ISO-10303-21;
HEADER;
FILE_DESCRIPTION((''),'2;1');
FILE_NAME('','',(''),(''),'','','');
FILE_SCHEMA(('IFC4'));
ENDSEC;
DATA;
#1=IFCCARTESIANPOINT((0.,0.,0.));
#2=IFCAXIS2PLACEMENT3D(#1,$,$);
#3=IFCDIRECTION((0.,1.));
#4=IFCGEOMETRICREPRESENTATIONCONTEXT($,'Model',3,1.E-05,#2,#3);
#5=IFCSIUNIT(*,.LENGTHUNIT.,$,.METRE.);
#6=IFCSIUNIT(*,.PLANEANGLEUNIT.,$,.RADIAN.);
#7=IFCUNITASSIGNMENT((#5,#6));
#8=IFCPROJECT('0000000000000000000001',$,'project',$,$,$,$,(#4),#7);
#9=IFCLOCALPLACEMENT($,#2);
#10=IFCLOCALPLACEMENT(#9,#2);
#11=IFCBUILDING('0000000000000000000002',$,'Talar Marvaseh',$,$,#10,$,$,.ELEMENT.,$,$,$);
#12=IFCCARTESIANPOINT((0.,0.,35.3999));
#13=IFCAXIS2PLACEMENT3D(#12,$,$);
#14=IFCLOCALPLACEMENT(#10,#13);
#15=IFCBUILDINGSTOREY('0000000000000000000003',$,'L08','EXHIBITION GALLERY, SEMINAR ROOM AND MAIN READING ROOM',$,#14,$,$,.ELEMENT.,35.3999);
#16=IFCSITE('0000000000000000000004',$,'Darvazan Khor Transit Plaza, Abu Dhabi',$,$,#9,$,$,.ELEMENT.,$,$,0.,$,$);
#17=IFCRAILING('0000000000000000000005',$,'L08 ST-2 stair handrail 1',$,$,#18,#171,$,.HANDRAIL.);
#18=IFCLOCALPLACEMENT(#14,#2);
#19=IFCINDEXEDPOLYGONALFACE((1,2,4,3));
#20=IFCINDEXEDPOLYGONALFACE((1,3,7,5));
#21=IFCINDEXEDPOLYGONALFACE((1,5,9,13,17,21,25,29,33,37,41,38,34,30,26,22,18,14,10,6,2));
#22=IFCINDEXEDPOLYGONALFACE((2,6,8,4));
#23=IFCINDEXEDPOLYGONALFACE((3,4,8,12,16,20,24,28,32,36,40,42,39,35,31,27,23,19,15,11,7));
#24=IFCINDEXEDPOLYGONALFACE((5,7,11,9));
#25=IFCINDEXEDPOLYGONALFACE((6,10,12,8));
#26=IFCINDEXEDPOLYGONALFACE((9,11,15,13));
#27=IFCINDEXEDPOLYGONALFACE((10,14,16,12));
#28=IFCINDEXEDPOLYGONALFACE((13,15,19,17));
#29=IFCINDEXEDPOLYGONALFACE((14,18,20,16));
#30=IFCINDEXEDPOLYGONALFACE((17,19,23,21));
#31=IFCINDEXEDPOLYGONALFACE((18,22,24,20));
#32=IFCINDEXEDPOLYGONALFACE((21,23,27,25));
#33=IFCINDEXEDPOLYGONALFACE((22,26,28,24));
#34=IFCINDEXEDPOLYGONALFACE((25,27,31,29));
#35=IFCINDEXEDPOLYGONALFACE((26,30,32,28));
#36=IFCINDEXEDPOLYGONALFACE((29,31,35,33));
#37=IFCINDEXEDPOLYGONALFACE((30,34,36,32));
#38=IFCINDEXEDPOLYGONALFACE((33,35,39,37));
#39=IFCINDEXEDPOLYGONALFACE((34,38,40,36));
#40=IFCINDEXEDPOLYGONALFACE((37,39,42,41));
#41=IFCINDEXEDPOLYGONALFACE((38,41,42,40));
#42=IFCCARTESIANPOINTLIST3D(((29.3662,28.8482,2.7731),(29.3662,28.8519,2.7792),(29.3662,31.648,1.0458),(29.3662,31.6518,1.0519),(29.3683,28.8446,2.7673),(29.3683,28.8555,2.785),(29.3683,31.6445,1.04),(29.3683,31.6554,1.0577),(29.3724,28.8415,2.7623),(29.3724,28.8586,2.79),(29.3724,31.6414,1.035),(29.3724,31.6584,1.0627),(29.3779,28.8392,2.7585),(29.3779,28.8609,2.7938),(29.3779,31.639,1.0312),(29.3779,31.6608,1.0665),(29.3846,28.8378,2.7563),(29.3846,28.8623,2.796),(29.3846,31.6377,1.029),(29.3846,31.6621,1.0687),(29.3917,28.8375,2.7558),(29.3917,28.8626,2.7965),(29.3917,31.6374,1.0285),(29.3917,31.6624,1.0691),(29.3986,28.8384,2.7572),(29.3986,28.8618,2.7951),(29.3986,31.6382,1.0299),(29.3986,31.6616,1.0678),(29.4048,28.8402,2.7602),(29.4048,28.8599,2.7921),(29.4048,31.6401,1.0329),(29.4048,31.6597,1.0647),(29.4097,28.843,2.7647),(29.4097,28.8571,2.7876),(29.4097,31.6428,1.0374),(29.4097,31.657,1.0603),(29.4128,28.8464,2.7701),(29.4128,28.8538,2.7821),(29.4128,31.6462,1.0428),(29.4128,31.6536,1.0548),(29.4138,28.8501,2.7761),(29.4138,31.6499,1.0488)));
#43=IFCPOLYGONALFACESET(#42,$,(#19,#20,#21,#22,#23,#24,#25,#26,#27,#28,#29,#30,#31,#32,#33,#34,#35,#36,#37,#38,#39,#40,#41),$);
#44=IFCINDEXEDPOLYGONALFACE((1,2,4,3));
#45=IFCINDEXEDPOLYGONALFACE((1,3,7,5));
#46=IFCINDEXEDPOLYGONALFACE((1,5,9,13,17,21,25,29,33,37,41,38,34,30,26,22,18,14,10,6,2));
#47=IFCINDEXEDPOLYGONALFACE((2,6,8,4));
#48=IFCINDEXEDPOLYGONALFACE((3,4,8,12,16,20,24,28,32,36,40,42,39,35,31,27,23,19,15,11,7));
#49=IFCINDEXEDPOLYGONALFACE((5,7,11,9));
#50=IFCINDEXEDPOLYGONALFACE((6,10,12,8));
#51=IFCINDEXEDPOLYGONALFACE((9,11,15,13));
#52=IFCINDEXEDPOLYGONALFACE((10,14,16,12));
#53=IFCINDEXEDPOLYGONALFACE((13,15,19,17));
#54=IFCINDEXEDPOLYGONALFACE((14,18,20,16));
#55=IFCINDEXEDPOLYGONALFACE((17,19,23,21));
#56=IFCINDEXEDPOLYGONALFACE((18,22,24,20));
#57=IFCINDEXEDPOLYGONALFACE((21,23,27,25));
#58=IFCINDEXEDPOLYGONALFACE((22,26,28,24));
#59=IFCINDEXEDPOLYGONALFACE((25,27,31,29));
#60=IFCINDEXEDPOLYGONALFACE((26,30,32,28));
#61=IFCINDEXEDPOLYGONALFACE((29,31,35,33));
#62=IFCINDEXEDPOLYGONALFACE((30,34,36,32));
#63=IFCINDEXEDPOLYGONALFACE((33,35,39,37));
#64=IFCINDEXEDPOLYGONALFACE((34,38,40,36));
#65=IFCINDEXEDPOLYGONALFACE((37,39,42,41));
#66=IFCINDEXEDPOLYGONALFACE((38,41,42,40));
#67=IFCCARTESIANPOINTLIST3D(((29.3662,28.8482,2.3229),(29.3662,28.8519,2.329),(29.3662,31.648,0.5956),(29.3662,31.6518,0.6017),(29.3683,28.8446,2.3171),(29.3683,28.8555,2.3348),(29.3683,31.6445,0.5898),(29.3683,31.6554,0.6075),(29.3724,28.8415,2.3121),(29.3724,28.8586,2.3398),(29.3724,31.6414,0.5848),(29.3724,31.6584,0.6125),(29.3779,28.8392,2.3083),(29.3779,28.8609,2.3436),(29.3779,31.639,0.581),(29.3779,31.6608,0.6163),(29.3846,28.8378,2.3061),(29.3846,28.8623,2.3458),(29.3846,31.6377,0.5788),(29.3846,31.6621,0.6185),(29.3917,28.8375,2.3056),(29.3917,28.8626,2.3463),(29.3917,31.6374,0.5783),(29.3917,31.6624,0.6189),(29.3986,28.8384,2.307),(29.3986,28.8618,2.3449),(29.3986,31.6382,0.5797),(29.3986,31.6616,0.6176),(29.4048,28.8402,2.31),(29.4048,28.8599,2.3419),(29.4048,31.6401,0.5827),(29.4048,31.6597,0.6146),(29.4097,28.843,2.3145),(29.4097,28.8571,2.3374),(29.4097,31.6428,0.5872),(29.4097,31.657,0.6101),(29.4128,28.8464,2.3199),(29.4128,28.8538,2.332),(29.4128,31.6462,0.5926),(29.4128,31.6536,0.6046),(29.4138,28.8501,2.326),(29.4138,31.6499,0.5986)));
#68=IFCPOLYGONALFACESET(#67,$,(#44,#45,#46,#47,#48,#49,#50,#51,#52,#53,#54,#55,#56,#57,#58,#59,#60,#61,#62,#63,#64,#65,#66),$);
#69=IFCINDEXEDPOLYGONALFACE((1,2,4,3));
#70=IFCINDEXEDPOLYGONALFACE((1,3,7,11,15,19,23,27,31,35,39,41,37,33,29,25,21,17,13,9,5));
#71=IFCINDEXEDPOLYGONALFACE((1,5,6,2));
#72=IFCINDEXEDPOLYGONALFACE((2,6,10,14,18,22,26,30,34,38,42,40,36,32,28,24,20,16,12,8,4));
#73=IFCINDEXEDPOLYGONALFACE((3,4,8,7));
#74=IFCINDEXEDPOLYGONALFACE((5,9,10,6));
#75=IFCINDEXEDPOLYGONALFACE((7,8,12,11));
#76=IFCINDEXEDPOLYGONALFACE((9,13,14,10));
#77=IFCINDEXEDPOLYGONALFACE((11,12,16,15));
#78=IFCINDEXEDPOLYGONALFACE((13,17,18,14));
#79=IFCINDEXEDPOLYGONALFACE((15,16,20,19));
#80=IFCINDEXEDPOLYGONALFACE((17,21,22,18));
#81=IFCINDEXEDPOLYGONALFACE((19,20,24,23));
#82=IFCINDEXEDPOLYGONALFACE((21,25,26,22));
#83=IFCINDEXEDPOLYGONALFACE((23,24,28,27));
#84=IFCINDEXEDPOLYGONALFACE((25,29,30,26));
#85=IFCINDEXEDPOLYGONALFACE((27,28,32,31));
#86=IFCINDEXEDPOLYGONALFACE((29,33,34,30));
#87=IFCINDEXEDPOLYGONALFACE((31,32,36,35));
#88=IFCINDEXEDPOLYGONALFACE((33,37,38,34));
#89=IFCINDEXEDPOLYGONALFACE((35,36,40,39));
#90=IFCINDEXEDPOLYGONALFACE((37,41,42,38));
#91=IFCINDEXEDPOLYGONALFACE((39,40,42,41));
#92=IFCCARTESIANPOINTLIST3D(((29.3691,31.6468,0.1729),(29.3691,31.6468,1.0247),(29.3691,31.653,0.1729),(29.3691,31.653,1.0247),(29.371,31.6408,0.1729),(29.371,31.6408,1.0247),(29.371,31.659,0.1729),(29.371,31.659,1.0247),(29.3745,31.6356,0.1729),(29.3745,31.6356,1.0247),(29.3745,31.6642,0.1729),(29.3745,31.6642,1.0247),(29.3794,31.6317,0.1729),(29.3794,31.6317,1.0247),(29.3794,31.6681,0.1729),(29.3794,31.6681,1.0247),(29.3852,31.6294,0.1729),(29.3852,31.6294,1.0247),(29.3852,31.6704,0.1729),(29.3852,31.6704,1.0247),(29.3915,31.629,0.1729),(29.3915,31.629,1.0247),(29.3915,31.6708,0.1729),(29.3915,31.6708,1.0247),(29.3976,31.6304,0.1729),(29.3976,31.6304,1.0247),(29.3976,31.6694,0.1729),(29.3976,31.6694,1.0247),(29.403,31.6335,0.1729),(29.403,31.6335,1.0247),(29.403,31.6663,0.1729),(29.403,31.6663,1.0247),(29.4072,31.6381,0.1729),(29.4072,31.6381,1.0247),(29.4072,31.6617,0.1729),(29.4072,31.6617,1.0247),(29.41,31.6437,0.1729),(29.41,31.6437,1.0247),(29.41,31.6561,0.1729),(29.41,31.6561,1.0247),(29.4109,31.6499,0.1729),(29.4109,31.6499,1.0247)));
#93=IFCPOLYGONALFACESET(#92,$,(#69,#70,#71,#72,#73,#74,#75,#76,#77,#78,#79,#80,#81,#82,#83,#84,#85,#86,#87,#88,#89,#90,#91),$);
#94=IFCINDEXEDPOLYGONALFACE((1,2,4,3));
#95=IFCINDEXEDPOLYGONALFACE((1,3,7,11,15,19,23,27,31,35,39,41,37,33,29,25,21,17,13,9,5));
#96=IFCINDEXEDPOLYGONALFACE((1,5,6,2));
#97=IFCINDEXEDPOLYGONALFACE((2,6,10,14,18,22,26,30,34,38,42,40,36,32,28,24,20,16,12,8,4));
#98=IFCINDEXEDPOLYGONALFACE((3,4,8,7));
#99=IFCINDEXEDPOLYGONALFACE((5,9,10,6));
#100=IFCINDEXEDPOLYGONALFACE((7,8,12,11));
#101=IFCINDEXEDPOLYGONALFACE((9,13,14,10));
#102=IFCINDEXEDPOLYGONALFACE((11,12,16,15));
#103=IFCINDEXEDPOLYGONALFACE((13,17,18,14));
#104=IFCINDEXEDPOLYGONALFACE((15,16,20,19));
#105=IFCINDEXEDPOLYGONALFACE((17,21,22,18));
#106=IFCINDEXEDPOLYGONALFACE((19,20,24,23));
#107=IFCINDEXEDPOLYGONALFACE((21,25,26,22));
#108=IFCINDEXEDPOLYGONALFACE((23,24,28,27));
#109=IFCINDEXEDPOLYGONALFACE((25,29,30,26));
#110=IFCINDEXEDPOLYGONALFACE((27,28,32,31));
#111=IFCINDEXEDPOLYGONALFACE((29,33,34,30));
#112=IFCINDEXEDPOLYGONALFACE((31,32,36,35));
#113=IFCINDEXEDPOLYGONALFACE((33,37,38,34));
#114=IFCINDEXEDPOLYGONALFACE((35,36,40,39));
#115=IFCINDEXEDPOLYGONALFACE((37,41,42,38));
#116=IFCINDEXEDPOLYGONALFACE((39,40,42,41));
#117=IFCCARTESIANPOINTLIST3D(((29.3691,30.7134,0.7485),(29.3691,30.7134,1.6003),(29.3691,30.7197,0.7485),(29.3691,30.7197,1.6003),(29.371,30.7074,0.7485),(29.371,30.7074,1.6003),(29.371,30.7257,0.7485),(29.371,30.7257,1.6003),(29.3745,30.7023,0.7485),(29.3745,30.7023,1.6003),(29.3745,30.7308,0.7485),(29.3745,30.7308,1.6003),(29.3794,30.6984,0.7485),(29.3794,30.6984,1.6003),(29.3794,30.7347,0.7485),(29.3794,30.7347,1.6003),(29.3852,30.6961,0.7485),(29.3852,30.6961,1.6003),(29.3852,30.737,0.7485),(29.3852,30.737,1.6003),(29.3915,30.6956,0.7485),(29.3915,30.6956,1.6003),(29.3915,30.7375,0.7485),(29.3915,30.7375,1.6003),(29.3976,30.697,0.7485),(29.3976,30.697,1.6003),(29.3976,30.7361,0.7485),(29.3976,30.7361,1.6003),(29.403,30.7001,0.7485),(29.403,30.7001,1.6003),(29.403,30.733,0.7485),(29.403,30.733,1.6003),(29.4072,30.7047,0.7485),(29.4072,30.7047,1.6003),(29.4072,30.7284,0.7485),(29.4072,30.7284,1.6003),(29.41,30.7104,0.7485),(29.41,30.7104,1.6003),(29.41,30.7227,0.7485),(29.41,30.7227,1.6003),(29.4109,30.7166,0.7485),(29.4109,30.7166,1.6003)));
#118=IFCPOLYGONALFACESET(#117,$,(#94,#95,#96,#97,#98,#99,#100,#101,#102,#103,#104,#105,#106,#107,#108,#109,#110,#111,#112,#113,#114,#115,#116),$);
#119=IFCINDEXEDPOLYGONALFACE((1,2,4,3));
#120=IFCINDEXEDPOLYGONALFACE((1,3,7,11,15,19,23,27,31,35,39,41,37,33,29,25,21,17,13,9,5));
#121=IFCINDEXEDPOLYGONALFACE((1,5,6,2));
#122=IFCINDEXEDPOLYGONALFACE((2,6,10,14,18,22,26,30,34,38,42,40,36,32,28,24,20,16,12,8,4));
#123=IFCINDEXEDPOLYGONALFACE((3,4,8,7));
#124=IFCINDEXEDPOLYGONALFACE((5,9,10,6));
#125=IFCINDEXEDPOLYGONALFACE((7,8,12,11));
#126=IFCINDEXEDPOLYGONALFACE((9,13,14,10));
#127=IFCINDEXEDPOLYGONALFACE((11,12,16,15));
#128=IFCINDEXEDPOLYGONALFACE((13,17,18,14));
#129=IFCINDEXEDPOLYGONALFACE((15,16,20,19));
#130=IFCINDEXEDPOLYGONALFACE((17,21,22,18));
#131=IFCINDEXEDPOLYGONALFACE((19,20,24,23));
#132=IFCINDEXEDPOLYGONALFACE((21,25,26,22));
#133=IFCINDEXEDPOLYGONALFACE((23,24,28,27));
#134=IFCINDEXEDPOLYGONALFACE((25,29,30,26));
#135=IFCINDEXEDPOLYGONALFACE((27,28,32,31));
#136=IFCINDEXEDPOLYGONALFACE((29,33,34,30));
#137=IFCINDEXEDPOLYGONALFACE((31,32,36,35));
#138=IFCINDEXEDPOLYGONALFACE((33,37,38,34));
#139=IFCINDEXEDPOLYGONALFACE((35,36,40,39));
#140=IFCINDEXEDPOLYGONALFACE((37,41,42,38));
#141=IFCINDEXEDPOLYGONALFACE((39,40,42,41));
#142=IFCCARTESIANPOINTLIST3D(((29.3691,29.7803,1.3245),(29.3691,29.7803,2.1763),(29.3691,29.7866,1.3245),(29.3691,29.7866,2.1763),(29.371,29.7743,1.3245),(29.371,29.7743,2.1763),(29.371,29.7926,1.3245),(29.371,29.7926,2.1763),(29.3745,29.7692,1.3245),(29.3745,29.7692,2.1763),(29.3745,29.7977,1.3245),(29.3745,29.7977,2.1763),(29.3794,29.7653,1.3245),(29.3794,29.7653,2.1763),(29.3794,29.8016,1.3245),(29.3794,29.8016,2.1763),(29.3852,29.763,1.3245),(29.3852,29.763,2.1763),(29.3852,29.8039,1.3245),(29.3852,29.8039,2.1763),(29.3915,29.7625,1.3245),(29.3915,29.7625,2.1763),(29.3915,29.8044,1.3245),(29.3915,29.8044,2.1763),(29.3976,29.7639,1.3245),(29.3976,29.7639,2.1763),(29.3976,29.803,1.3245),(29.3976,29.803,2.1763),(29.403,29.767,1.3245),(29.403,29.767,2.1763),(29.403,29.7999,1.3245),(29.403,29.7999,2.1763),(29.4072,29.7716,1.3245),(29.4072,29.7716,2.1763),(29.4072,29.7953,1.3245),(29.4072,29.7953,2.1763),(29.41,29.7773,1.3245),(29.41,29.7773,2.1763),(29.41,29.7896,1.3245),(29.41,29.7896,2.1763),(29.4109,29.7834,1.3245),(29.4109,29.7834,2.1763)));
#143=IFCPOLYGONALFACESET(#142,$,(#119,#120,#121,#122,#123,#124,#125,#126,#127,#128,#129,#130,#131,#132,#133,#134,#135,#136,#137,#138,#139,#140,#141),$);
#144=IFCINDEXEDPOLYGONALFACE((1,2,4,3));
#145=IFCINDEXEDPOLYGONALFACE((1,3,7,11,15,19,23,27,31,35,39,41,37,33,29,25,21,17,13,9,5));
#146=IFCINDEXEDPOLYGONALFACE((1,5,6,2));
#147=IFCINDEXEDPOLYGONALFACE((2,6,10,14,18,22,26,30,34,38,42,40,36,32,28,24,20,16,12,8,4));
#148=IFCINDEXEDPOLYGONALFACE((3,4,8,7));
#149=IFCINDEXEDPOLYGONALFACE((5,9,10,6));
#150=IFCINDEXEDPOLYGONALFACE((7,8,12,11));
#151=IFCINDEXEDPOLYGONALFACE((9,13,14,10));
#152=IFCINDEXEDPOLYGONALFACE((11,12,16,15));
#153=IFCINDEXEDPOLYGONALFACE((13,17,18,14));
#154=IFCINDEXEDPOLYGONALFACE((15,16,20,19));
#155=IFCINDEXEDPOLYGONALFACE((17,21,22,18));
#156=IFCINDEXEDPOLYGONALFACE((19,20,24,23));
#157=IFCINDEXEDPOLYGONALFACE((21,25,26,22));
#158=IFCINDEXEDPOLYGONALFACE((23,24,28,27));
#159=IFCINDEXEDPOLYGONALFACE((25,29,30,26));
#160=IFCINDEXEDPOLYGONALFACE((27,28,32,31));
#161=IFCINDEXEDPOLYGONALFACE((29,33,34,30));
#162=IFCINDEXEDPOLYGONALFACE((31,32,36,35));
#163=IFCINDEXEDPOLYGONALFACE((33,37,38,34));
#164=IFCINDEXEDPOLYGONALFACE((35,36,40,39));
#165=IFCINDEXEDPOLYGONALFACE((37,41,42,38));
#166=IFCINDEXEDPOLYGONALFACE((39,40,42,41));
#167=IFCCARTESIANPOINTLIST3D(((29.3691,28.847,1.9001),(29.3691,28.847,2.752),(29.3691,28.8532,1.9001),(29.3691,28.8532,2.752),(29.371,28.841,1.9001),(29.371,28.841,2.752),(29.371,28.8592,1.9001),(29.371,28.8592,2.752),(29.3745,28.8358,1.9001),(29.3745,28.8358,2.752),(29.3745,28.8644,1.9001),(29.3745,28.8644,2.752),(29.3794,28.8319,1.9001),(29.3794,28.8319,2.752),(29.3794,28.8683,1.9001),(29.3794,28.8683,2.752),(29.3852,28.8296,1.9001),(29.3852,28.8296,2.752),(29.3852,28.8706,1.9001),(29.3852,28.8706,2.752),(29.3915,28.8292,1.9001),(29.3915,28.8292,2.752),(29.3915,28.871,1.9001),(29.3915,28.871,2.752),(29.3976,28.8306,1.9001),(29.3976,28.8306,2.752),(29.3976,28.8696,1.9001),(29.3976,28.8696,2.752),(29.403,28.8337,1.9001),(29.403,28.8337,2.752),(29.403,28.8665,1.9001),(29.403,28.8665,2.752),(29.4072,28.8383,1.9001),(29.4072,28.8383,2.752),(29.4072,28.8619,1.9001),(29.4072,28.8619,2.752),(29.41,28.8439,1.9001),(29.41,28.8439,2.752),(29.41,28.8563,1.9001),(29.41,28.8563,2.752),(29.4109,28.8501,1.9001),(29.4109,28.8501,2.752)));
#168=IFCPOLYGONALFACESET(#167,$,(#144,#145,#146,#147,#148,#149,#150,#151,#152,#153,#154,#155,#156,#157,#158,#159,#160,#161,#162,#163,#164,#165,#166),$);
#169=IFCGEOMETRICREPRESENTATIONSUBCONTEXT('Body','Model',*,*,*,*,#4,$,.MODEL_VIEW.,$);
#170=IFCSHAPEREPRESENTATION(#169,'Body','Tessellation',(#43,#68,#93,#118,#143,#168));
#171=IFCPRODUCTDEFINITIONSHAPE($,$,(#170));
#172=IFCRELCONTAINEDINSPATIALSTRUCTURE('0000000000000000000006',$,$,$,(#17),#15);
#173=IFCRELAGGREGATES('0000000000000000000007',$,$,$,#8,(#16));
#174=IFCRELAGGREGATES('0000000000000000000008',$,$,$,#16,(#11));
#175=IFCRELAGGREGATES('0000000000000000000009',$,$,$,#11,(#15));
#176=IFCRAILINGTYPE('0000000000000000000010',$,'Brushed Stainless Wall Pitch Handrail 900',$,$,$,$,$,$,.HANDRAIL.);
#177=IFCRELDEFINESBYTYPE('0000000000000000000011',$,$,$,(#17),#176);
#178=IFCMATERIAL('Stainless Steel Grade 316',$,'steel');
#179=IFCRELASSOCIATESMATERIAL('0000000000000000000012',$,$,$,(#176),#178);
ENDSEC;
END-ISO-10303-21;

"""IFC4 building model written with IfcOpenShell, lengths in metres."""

from ifc_helpers import new_model, si_unit, direction, frame, origin, origin_2d, place, context, subcontext, project, spatial, circle, extrude, material, type_object, element, save


model = new_model("IFC4")

# Units and contexts
model_context = context("Model", 3, precision=1e-05, world=origin(), true_north=direction((0.0, 1.0)))
body_context = subcontext(model_context, "Body", "Model", "MODEL_VIEW")
ifc_project = project(units=[si_unit("LENGTHUNIT", "METRE"), si_unit("PLANEANGLEUNIT", "RADIAN")], contexts=[model_context])

# Site, building, storey
site_placement = place(None, origin())
site = spatial("IfcSite", under=ifc_project, at=site_placement, Name="Darvazan Khor Transit Plaza, Abu Dhabi", CompositionType="ELEMENT", RefElevation=0.0)
building_placement = place(site_placement, origin())
building = spatial("IfcBuilding", under=site, at=building_placement, Name="Talar Marvaseh", CompositionType="ELEMENT")
storey_placement = place(building_placement, frame((0.0, 0.0, 35.3999)))
storey = spatial("IfcBuildingStorey", under=building, at=storey_placement, Name="L08", Description="EXHIBITION GALLERY, SEMINAR ROOM AND MAIN READING ROOM", CompositionType="ELEMENT", Elevation=35.3999)

# Railing
ifc_material_1 = material(Name="Stainless Steel Grade 316", Category="steel")
railing_type_1 = type_object("IfcRailingType", Name="Brushed Stainless Wall Pitch Handrail 900", PredefinedType="HANDRAIL", material=ifc_material_1)
railing_1_placement = place(storey_placement, frame((29.3899, 31.6499, 0.1729)))
element("IfcRailing", 1, at=railing_1_placement, inside=storey, type_object=railing_type_1, Name="L08 ST-2 stair handrail 1", PredefinedType="HANDRAIL", context=body_context, shape_type="SweptSolid", body=[
    extrude(circle(Radius=0.0239, at=origin_2d()), frame((0.0, 0.0, 0.876), z_axis=(0.0, -0.851069, 0.525054), x_axis=(1.0, 0.0, 0.0)), (0.0, 0.0, 1.0), 3.2898),
    extrude(circle(Radius=0.0239, at=origin_2d()), frame((0.0, 0.0, 0.4258), z_axis=(0.0, -0.851069, 0.525054), x_axis=(1.0, 0.0, 0.0)), (0.0, 0.0, 1.0), 3.2898),
    extrude(circle(Radius=0.021, at=origin_2d()), origin(), (0.0, 0.0, 1.0), 0.8518),
    extrude(circle(Radius=0.021, at=origin_2d()), frame((0.0, -0.9333, 0.5757)), (0.0, 0.0, 1.0), 0.8518),
    extrude(circle(Radius=0.021, at=origin_2d()), frame((0.0, -1.8665, 1.1516)), (0.0, 0.0, 1.0), 0.8518),
    extrude(circle(Radius=0.021, at=origin_2d()), frame((0.0, -2.7998, 1.7273)), (0.0, 0.0, 1.0), 0.8518),
])

save(model, "model.ifc")
